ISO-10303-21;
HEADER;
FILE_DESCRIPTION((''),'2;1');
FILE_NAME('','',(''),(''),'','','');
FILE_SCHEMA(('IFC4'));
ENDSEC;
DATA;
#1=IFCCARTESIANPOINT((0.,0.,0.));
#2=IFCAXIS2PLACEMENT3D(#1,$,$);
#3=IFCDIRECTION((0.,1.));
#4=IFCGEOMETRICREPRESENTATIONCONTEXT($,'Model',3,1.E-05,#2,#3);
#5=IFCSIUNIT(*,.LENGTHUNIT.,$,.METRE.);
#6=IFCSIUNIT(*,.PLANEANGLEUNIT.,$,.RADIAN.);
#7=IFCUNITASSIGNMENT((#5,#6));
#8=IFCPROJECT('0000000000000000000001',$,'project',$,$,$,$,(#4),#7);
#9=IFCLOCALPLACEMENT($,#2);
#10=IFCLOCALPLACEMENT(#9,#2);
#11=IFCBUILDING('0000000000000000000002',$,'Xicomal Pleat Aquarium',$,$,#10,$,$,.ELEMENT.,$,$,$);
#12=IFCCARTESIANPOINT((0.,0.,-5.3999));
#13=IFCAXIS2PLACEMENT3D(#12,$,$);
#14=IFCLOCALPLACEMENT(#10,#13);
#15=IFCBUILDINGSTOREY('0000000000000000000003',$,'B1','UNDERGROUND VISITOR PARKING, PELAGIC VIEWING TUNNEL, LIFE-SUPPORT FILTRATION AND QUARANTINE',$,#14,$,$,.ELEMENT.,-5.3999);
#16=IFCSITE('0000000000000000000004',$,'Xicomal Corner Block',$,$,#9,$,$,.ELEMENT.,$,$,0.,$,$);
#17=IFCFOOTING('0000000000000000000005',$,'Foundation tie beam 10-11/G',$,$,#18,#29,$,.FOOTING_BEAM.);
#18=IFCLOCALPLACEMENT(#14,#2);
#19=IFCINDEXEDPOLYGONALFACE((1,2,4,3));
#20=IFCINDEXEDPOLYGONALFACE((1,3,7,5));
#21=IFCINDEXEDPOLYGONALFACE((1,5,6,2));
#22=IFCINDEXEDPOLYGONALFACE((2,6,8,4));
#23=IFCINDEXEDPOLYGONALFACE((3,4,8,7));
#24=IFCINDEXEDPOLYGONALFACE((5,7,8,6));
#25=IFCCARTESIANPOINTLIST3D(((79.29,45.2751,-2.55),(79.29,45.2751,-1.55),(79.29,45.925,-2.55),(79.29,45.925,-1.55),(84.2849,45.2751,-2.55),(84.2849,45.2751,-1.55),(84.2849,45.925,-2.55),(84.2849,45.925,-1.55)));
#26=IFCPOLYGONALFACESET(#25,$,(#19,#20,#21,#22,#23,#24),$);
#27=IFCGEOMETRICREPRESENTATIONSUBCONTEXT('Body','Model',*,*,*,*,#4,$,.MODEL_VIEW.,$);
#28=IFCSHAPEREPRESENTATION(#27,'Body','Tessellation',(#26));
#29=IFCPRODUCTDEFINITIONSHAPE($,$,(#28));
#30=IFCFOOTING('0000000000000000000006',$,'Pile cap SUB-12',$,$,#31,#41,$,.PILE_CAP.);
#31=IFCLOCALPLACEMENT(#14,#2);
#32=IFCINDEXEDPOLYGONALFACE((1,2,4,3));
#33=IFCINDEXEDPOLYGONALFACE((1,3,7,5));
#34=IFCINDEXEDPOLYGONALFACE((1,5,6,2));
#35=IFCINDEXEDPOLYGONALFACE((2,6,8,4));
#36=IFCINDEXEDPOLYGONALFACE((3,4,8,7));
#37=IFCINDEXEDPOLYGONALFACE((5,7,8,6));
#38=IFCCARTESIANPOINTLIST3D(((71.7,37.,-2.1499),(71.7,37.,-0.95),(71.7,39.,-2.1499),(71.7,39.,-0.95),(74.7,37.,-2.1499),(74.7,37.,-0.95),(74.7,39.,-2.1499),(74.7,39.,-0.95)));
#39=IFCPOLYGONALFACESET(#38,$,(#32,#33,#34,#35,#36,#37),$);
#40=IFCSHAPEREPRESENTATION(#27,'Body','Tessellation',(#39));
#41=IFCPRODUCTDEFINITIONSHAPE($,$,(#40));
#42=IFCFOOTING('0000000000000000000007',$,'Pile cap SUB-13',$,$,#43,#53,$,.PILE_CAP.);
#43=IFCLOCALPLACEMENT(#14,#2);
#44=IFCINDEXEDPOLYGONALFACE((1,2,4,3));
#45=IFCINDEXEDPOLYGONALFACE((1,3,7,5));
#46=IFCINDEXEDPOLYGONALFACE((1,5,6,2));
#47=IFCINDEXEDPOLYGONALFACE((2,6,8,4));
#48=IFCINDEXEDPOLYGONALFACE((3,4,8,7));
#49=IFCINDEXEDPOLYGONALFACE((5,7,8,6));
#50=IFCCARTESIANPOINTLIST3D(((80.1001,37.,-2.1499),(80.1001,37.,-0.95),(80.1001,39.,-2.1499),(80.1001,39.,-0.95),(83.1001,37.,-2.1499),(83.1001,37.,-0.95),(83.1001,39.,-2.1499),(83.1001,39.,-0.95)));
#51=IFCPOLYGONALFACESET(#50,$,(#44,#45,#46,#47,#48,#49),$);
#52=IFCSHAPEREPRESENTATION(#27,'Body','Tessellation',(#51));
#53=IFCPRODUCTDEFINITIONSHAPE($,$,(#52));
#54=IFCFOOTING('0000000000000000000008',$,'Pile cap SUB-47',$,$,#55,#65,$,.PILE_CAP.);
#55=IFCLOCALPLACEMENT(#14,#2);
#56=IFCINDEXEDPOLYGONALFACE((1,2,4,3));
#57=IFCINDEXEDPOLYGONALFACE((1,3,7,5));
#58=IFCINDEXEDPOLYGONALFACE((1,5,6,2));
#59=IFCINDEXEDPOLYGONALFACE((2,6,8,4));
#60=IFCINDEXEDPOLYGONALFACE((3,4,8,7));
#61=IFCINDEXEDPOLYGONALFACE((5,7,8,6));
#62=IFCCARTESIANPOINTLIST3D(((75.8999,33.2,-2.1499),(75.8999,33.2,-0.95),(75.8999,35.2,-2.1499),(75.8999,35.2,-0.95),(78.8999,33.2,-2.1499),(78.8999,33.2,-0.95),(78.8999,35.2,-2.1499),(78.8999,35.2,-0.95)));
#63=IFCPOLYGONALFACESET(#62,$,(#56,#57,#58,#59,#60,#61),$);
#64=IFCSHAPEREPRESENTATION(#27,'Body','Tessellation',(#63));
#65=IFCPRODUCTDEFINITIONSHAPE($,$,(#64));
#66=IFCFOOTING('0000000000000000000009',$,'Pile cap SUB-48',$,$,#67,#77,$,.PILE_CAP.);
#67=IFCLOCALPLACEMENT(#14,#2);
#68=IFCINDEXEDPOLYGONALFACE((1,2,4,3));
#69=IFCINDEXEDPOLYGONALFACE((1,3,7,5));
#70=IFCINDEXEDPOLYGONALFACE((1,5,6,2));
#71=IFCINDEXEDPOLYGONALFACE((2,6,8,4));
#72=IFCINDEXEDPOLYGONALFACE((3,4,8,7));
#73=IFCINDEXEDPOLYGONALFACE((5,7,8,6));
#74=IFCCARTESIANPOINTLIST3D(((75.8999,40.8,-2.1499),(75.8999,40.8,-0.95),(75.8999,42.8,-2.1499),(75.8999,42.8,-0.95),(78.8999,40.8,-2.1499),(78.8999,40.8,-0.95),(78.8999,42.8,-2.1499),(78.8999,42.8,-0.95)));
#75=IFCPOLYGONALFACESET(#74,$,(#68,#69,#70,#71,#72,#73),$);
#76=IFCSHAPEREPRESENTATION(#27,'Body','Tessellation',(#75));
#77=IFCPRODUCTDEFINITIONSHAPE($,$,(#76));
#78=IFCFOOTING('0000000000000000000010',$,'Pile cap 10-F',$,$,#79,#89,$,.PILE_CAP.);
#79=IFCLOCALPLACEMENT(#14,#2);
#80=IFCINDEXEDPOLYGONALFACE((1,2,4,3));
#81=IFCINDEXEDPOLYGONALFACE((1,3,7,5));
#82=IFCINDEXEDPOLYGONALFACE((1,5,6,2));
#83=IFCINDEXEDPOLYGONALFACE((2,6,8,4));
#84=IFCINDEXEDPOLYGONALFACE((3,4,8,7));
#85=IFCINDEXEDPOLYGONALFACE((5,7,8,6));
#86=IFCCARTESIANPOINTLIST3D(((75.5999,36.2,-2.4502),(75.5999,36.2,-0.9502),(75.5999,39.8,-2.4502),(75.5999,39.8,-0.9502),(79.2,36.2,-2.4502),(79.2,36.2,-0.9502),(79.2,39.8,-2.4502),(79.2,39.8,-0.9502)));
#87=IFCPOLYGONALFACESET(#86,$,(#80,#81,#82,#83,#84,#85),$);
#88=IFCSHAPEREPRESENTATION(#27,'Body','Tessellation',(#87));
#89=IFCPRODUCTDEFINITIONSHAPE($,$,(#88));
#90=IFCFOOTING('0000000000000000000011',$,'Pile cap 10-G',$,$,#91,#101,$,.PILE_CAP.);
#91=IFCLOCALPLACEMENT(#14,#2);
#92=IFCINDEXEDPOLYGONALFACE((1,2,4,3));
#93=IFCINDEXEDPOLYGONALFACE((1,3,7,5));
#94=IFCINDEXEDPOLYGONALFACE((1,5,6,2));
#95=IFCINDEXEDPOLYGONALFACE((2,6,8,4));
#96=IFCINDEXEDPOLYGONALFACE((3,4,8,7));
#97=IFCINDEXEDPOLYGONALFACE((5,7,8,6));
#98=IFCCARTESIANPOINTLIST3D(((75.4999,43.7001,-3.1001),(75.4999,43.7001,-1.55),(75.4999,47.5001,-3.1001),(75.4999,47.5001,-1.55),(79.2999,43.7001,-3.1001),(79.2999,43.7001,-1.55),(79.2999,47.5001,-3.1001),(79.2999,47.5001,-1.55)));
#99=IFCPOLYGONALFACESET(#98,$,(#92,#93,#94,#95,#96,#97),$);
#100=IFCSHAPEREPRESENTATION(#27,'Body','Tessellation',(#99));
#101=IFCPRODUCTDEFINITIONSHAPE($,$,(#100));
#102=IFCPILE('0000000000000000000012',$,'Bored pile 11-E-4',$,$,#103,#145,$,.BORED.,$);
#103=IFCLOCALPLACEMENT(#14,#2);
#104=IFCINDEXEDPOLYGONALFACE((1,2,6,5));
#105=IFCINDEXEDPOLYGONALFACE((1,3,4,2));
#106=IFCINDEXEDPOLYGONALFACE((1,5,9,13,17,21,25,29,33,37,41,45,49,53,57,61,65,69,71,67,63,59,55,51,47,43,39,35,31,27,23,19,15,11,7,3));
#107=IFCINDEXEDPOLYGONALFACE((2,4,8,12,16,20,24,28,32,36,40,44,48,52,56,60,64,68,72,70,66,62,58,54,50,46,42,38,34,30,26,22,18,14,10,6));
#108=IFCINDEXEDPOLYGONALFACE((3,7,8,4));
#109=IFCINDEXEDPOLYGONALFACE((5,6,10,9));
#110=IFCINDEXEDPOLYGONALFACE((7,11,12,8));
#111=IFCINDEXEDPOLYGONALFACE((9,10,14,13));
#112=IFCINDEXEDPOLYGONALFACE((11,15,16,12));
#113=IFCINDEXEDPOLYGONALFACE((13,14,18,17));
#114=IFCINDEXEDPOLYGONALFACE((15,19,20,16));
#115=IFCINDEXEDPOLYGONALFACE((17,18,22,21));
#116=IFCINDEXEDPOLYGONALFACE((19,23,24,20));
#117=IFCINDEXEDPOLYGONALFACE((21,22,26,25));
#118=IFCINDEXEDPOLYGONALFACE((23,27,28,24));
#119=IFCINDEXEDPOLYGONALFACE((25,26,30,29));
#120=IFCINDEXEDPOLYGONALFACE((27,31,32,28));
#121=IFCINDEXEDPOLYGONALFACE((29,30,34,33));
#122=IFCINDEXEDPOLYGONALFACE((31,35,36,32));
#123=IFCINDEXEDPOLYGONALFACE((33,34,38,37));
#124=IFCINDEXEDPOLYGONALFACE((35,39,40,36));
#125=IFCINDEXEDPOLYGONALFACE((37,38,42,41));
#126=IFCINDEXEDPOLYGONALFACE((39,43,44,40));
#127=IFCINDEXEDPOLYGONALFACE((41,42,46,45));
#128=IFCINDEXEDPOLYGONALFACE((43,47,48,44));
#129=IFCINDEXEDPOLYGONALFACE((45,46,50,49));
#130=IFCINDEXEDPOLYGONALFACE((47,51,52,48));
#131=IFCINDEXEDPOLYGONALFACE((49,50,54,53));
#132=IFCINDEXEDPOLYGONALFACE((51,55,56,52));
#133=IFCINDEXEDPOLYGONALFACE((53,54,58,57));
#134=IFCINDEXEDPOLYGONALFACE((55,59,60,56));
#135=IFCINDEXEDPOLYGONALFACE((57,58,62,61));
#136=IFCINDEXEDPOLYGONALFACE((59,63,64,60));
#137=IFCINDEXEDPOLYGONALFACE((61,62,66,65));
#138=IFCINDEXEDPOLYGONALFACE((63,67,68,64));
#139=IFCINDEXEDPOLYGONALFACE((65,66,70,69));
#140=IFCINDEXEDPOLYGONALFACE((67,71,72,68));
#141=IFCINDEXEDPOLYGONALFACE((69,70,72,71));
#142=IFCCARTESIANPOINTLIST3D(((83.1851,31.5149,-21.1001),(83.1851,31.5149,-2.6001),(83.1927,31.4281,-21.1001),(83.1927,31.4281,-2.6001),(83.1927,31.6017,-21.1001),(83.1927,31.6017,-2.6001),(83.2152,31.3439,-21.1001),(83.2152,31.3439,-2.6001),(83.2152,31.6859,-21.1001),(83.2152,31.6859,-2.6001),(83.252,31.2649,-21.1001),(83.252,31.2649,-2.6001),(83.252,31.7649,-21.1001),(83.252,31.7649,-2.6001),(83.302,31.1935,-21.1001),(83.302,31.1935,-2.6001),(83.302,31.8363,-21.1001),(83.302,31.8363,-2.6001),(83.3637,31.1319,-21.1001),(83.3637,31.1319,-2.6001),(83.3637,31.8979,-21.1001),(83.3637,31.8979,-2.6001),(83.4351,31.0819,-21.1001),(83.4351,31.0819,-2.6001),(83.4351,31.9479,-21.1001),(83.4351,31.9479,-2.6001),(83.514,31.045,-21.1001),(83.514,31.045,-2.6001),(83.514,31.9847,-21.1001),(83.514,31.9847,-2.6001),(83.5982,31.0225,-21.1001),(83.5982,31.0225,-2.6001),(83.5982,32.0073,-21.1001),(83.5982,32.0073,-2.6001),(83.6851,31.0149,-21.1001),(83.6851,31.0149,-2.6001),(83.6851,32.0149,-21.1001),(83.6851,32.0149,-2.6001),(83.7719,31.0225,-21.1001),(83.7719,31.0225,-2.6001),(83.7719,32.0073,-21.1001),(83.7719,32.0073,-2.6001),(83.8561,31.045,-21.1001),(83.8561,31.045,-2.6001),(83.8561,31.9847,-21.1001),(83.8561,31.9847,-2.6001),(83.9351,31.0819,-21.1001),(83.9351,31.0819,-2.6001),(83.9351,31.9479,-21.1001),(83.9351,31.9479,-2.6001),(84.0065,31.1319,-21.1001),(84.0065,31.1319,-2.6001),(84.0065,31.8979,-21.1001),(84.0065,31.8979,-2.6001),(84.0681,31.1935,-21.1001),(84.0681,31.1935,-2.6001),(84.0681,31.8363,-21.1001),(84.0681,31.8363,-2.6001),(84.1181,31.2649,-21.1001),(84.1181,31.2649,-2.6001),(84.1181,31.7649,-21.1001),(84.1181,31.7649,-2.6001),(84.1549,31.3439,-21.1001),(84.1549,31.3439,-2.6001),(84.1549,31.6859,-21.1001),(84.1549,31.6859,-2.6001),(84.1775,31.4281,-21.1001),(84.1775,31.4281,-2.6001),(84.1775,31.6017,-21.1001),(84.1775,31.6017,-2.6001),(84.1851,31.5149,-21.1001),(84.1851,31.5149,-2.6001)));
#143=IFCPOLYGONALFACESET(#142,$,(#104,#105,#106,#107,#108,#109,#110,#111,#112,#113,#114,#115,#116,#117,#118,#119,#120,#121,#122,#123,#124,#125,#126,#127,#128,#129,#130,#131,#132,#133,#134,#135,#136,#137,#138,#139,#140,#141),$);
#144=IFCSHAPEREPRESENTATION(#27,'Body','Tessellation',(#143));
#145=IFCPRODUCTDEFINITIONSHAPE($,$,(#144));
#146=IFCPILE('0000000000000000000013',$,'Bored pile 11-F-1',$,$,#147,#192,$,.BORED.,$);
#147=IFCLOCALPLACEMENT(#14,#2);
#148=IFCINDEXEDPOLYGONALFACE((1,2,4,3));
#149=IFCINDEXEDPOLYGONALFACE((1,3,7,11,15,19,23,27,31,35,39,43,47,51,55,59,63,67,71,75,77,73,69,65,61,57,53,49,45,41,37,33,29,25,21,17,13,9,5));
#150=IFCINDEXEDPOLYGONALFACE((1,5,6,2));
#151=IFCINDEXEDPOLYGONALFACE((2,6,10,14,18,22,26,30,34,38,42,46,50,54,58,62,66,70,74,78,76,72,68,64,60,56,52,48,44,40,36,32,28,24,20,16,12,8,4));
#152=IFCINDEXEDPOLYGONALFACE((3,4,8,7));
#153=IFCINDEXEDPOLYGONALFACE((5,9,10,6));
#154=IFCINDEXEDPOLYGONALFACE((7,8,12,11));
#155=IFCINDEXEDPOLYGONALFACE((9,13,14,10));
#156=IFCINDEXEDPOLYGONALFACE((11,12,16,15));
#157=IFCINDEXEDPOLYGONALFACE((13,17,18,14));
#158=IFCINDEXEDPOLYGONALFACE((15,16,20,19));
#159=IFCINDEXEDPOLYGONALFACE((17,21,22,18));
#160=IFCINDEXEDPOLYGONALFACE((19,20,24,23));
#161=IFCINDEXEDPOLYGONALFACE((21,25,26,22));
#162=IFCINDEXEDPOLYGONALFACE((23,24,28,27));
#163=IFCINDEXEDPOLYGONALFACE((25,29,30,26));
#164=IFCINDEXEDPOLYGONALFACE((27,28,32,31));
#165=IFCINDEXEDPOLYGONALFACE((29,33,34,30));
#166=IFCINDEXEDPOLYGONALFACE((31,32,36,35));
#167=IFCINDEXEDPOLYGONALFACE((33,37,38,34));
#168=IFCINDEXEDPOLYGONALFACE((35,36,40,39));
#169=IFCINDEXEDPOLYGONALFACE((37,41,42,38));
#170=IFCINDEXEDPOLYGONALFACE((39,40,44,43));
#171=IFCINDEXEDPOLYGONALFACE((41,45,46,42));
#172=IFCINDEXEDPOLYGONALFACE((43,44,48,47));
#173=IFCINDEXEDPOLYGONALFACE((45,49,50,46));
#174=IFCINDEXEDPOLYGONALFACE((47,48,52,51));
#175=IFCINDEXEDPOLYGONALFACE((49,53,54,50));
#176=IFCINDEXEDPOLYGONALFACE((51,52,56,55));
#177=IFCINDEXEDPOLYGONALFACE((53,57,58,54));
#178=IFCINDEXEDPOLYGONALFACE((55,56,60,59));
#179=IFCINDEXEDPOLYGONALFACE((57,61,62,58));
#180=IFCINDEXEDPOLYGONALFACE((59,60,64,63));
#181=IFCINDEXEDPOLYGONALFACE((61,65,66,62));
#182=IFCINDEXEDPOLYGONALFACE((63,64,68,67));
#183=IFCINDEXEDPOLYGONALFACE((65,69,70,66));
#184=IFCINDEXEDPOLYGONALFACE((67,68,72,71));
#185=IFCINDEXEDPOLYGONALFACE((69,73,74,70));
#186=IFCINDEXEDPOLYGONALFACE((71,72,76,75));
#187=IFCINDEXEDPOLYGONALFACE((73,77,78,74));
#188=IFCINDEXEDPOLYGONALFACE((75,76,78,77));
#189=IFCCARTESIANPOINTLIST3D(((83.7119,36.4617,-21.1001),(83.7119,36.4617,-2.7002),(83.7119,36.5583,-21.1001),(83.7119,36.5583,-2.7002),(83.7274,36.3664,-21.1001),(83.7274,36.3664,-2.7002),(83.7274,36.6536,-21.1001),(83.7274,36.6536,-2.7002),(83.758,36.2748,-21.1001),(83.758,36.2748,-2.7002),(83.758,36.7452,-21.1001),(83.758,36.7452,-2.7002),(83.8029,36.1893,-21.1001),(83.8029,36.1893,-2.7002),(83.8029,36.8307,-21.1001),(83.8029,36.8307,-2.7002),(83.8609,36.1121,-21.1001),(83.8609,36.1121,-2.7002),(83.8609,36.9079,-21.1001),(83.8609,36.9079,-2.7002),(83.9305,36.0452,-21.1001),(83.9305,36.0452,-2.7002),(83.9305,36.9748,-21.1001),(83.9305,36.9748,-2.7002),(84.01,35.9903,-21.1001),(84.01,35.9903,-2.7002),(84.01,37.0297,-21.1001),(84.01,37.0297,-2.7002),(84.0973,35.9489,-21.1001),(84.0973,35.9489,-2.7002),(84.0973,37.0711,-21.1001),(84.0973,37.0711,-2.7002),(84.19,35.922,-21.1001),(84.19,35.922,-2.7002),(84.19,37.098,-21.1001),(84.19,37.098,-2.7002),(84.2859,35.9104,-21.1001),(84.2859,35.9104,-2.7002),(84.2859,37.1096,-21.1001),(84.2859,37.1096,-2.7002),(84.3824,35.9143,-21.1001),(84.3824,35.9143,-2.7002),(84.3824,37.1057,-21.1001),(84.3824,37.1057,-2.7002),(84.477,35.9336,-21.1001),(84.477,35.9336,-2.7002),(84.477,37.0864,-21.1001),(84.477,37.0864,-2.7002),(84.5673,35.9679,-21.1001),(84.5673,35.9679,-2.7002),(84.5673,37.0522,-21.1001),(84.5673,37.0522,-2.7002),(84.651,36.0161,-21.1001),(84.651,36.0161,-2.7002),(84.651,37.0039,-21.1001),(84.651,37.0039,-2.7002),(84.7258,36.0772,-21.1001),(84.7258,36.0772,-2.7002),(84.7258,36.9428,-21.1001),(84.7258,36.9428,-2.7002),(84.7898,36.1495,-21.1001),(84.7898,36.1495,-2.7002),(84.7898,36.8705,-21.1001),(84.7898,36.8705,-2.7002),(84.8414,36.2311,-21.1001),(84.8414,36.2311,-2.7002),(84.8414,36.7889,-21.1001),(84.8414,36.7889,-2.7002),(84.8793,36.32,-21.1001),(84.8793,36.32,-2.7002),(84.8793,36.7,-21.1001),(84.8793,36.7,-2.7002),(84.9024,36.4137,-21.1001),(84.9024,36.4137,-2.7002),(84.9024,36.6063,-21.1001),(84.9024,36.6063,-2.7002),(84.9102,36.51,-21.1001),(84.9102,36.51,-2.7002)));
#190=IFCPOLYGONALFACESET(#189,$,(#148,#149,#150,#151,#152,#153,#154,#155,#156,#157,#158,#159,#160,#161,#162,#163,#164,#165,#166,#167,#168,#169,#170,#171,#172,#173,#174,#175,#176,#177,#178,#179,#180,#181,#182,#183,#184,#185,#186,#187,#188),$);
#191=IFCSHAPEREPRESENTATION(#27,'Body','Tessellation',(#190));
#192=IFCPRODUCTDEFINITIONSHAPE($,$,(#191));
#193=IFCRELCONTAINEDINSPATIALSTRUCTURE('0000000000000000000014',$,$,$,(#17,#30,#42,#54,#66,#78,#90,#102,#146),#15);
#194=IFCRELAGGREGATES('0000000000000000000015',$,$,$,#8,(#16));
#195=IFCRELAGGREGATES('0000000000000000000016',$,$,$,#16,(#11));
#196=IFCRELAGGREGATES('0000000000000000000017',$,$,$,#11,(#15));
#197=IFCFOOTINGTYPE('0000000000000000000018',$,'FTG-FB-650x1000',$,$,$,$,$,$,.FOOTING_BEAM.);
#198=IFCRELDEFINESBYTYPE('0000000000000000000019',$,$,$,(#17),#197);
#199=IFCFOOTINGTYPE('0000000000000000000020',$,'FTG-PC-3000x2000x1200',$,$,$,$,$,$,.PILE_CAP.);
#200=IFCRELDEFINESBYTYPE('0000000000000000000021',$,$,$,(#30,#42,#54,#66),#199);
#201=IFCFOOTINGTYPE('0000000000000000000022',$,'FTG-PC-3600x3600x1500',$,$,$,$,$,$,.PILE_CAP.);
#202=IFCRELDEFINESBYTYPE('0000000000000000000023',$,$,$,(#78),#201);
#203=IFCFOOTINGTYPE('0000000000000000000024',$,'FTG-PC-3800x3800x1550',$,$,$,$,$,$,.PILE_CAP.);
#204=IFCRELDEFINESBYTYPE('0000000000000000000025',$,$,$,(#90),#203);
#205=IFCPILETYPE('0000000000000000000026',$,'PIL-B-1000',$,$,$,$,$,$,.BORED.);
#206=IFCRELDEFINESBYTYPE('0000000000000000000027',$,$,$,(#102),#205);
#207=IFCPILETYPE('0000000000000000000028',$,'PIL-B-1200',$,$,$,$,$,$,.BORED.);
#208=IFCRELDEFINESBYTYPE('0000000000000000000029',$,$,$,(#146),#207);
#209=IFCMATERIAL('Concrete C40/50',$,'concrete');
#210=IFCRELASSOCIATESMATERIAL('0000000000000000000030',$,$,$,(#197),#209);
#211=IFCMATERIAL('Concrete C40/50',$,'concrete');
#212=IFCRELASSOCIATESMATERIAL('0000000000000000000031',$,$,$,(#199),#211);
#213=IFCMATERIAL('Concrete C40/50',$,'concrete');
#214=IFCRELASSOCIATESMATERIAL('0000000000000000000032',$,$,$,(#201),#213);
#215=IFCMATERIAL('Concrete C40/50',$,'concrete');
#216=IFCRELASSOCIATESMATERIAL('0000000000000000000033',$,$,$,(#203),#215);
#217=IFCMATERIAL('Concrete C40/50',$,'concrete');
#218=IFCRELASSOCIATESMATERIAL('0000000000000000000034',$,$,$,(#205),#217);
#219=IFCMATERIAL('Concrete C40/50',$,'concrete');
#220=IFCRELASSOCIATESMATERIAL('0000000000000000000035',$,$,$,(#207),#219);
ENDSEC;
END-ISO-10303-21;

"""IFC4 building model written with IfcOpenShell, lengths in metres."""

from ifc_helpers import new_model, si_unit, direction, frame, origin, origin_2d, place, context, subcontext, project, spatial, rectangle, circle, extrude, material, material_profile, profile_set, type_object, element, save


model = new_model("IFC4")

# Units and contexts
model_context = context("Model", 3, precision=1e-05, world=origin(), true_north=direction((0.0, 1.0)))
body_context = subcontext(model_context, "Body", "Model", "MODEL_VIEW")
ifc_project = project(units=[si_unit("LENGTHUNIT", "METRE"), si_unit("PLANEANGLEUNIT", "RADIAN")], contexts=[model_context])

# Site, building, storey
site_placement = place(None, origin())
site = spatial("IfcSite", under=ifc_project, at=site_placement, Name="Xicomal Corner Block", CompositionType="ELEMENT", RefElevation=0.0)
building_placement = place(site_placement, origin())
building = spatial("IfcBuilding", under=site, at=building_placement, Name="Xicomal Pleat Aquarium", CompositionType="ELEMENT")
storey_placement = place(building_placement, frame((0.0, 0.0, -5.3999)))
storey = spatial("IfcBuildingStorey", under=building, at=storey_placement, Name="B1", Description="UNDERGROUND VISITOR PARKING, PELAGIC VIEWING TUNNEL, LIFE-SUPPORT FILTRATION AND QUARANTINE", CompositionType="ELEMENT", Elevation=-5.3999)

# Footings
ifc_material_1 = material(Name="Concrete C40/50", Category="concrete")
ifc_material_profile_1 = material_profile(ifc_material_1, rectangle(XDim=0.6499, YDim=1.0, at=origin_2d()), Name="FB-03 650x1000")
ifc_profile_set_1 = profile_set([ifc_material_profile_1], Name="Concrete C40/50")
footing_type_1 = type_object("IfcFootingType", Name="FTG-FB-650x1000", PredefinedType="FOOTING_BEAM", material=ifc_profile_set_1)
footing_1_placement = place(storey_placement, frame((79.29, 45.6001, -2.05), z_axis=(1.0, 0.0, 0.0), x_axis=(0.0, 1.0, 0.0)))
element("IfcFooting", 1, at=footing_1_placement, inside=storey, type_object=footing_type_1, Name="Foundation tie beam 10-11/G", PredefinedType="FOOTING_BEAM", context=body_context, shape_type="SweptSolid", body=[
    extrude(rectangle(XDim=0.6499, YDim=1.0, at=origin_2d()), origin(), (0.0, 0.0, 1.0), 4.9949),
])
ifc_material_2 = material(Name="Concrete C40/50", Category="concrete")
footing_type_2 = type_object("IfcFootingType", Name="FTG-PC-3000x2000x1200", PredefinedType="PILE_CAP", material=ifc_material_2)
for number, where, z_axis, x_axis, name in (
    (2, (73.2, 38.0, -2.1499), (0.0, 0.0, 1.0), (1.0, 0.0, 0.0), "Pile cap SUB-12"),
    (3, (81.6001, 38.0, -2.1499), (0.0, 0.0, 1.0), (1.0, 0.0, 0.0), "Pile cap SUB-13"),
    (4, (77.3999, 34.2, -2.1499), (0.0, 0.0, 1.0), (1.0, 0.0, 0.0), "Pile cap SUB-47"),
    (5, (77.3999, 41.8, -2.1499), (0.0, 0.0, 1.0), (1.0, 0.0, 0.0), "Pile cap SUB-48"),
):
    element("IfcFooting", number, at=place(storey_placement, frame(where, z_axis=z_axis, x_axis=x_axis)), inside=storey, type_object=footing_type_2, Name=name, PredefinedType="PILE_CAP", context=body_context, shape_type="SweptSolid", body=[
        extrude(rectangle(XDim=3.0, YDim=2.0, at=origin_2d()), origin(), (0.0, 0.0, 1.0), 1.2),
    ])
ifc_material_3 = material(Name="Concrete C40/50", Category="concrete")
footing_type_3 = type_object("IfcFootingType", Name="FTG-PC-3600x3600x1500", PredefinedType="PILE_CAP", material=ifc_material_3)
footing_2_placement = place(storey_placement, frame((77.3999, 38.0, -2.4502), z_axis=(0.0, 0.0, 1.0), x_axis=(1.0, 0.0, 0.0)))
element("IfcFooting", 6, at=footing_2_placement, inside=storey, type_object=footing_type_3, Name="Pile cap 10-F", PredefinedType="PILE_CAP", context=body_context, shape_type="SweptSolid", body=[
    extrude(rectangle(XDim=3.6001, YDim=3.6001, at=origin_2d()), origin(), (0.0, 0.0, 1.0), 1.5),
])
ifc_material_4 = material(Name="Concrete C40/50", Category="concrete")
footing_type_4 = type_object("IfcFootingType", Name="FTG-PC-3800x3800x1550", PredefinedType="PILE_CAP", material=ifc_material_4)
footing_3_placement = place(storey_placement, frame((77.3999, 45.6001, -3.1001), z_axis=(0.0, 0.0, 1.0), x_axis=(1.0, 0.0, 0.0)))
element("IfcFooting", 7, at=footing_3_placement, inside=storey, type_object=footing_type_4, Name="Pile cap 10-G", PredefinedType="PILE_CAP", context=body_context, shape_type="SweptSolid", body=[
    extrude(rectangle(XDim=3.8, YDim=3.8, at=origin_2d()), origin(), (0.0, 0.0, 1.0), 1.55),
])

# Piles
ifc_material_5 = material(Name="Concrete C40/50", Category="concrete")
ifc_material_profile_2 = material_profile(ifc_material_5, circle(Radius=0.5, at=origin_2d()), Name="BORED PILE D1000")
ifc_profile_set_2 = profile_set([ifc_material_profile_2], Name="Concrete C40/50")
pile_type_1 = type_object("IfcPileType", Name="PIL-B-1000", PredefinedType="BORED", material=ifc_profile_set_2)
pile_1_placement = place(storey_placement, frame((83.6851, 31.5149, -2.6001), z_axis=(0.0, 0.0, -1.0), x_axis=(1.0, 0.0, 0.0)))
element("IfcPile", 8, at=pile_1_placement, inside=storey, type_object=pile_type_1, Name="Bored pile 11-E-4", PredefinedType="BORED", context=body_context, shape_type="SweptSolid", body=[
    extrude(circle(Radius=0.5, at=origin_2d()), origin(), (0.0, 0.0, 1.0), 18.5),
])
ifc_material_6 = material(Name="Concrete C40/50", Category="concrete")
ifc_material_profile_3 = material_profile(ifc_material_6, circle(Radius=0.6001, at=origin_2d()), Name="BORED PILE D1200")
ifc_profile_set_3 = profile_set([ifc_material_profile_3], Name="Concrete C40/50")
pile_type_2 = type_object("IfcPileType", Name="PIL-B-1200", PredefinedType="BORED", material=ifc_profile_set_3)
for number, where, z_axis, x_axis, name in (
    (9, (84.3101, 36.51, -2.7002), (0.0, 0.0, -1.0), (1.0, 0.0, 0.0), "Bored pile 11-F-1"),
):
    element("IfcPile", number, at=place(storey_placement, frame(where, z_axis=z_axis, x_axis=x_axis)), inside=storey, type_object=pile_type_2, Name=name, PredefinedType="BORED", context=body_context, shape_type="SweptSolid", body=[
        extrude(circle(Radius=0.6001, at=origin_2d()), origin(), (0.0, 0.0, 1.0), 18.3999),
    ])

save(model, "model.ifc")
